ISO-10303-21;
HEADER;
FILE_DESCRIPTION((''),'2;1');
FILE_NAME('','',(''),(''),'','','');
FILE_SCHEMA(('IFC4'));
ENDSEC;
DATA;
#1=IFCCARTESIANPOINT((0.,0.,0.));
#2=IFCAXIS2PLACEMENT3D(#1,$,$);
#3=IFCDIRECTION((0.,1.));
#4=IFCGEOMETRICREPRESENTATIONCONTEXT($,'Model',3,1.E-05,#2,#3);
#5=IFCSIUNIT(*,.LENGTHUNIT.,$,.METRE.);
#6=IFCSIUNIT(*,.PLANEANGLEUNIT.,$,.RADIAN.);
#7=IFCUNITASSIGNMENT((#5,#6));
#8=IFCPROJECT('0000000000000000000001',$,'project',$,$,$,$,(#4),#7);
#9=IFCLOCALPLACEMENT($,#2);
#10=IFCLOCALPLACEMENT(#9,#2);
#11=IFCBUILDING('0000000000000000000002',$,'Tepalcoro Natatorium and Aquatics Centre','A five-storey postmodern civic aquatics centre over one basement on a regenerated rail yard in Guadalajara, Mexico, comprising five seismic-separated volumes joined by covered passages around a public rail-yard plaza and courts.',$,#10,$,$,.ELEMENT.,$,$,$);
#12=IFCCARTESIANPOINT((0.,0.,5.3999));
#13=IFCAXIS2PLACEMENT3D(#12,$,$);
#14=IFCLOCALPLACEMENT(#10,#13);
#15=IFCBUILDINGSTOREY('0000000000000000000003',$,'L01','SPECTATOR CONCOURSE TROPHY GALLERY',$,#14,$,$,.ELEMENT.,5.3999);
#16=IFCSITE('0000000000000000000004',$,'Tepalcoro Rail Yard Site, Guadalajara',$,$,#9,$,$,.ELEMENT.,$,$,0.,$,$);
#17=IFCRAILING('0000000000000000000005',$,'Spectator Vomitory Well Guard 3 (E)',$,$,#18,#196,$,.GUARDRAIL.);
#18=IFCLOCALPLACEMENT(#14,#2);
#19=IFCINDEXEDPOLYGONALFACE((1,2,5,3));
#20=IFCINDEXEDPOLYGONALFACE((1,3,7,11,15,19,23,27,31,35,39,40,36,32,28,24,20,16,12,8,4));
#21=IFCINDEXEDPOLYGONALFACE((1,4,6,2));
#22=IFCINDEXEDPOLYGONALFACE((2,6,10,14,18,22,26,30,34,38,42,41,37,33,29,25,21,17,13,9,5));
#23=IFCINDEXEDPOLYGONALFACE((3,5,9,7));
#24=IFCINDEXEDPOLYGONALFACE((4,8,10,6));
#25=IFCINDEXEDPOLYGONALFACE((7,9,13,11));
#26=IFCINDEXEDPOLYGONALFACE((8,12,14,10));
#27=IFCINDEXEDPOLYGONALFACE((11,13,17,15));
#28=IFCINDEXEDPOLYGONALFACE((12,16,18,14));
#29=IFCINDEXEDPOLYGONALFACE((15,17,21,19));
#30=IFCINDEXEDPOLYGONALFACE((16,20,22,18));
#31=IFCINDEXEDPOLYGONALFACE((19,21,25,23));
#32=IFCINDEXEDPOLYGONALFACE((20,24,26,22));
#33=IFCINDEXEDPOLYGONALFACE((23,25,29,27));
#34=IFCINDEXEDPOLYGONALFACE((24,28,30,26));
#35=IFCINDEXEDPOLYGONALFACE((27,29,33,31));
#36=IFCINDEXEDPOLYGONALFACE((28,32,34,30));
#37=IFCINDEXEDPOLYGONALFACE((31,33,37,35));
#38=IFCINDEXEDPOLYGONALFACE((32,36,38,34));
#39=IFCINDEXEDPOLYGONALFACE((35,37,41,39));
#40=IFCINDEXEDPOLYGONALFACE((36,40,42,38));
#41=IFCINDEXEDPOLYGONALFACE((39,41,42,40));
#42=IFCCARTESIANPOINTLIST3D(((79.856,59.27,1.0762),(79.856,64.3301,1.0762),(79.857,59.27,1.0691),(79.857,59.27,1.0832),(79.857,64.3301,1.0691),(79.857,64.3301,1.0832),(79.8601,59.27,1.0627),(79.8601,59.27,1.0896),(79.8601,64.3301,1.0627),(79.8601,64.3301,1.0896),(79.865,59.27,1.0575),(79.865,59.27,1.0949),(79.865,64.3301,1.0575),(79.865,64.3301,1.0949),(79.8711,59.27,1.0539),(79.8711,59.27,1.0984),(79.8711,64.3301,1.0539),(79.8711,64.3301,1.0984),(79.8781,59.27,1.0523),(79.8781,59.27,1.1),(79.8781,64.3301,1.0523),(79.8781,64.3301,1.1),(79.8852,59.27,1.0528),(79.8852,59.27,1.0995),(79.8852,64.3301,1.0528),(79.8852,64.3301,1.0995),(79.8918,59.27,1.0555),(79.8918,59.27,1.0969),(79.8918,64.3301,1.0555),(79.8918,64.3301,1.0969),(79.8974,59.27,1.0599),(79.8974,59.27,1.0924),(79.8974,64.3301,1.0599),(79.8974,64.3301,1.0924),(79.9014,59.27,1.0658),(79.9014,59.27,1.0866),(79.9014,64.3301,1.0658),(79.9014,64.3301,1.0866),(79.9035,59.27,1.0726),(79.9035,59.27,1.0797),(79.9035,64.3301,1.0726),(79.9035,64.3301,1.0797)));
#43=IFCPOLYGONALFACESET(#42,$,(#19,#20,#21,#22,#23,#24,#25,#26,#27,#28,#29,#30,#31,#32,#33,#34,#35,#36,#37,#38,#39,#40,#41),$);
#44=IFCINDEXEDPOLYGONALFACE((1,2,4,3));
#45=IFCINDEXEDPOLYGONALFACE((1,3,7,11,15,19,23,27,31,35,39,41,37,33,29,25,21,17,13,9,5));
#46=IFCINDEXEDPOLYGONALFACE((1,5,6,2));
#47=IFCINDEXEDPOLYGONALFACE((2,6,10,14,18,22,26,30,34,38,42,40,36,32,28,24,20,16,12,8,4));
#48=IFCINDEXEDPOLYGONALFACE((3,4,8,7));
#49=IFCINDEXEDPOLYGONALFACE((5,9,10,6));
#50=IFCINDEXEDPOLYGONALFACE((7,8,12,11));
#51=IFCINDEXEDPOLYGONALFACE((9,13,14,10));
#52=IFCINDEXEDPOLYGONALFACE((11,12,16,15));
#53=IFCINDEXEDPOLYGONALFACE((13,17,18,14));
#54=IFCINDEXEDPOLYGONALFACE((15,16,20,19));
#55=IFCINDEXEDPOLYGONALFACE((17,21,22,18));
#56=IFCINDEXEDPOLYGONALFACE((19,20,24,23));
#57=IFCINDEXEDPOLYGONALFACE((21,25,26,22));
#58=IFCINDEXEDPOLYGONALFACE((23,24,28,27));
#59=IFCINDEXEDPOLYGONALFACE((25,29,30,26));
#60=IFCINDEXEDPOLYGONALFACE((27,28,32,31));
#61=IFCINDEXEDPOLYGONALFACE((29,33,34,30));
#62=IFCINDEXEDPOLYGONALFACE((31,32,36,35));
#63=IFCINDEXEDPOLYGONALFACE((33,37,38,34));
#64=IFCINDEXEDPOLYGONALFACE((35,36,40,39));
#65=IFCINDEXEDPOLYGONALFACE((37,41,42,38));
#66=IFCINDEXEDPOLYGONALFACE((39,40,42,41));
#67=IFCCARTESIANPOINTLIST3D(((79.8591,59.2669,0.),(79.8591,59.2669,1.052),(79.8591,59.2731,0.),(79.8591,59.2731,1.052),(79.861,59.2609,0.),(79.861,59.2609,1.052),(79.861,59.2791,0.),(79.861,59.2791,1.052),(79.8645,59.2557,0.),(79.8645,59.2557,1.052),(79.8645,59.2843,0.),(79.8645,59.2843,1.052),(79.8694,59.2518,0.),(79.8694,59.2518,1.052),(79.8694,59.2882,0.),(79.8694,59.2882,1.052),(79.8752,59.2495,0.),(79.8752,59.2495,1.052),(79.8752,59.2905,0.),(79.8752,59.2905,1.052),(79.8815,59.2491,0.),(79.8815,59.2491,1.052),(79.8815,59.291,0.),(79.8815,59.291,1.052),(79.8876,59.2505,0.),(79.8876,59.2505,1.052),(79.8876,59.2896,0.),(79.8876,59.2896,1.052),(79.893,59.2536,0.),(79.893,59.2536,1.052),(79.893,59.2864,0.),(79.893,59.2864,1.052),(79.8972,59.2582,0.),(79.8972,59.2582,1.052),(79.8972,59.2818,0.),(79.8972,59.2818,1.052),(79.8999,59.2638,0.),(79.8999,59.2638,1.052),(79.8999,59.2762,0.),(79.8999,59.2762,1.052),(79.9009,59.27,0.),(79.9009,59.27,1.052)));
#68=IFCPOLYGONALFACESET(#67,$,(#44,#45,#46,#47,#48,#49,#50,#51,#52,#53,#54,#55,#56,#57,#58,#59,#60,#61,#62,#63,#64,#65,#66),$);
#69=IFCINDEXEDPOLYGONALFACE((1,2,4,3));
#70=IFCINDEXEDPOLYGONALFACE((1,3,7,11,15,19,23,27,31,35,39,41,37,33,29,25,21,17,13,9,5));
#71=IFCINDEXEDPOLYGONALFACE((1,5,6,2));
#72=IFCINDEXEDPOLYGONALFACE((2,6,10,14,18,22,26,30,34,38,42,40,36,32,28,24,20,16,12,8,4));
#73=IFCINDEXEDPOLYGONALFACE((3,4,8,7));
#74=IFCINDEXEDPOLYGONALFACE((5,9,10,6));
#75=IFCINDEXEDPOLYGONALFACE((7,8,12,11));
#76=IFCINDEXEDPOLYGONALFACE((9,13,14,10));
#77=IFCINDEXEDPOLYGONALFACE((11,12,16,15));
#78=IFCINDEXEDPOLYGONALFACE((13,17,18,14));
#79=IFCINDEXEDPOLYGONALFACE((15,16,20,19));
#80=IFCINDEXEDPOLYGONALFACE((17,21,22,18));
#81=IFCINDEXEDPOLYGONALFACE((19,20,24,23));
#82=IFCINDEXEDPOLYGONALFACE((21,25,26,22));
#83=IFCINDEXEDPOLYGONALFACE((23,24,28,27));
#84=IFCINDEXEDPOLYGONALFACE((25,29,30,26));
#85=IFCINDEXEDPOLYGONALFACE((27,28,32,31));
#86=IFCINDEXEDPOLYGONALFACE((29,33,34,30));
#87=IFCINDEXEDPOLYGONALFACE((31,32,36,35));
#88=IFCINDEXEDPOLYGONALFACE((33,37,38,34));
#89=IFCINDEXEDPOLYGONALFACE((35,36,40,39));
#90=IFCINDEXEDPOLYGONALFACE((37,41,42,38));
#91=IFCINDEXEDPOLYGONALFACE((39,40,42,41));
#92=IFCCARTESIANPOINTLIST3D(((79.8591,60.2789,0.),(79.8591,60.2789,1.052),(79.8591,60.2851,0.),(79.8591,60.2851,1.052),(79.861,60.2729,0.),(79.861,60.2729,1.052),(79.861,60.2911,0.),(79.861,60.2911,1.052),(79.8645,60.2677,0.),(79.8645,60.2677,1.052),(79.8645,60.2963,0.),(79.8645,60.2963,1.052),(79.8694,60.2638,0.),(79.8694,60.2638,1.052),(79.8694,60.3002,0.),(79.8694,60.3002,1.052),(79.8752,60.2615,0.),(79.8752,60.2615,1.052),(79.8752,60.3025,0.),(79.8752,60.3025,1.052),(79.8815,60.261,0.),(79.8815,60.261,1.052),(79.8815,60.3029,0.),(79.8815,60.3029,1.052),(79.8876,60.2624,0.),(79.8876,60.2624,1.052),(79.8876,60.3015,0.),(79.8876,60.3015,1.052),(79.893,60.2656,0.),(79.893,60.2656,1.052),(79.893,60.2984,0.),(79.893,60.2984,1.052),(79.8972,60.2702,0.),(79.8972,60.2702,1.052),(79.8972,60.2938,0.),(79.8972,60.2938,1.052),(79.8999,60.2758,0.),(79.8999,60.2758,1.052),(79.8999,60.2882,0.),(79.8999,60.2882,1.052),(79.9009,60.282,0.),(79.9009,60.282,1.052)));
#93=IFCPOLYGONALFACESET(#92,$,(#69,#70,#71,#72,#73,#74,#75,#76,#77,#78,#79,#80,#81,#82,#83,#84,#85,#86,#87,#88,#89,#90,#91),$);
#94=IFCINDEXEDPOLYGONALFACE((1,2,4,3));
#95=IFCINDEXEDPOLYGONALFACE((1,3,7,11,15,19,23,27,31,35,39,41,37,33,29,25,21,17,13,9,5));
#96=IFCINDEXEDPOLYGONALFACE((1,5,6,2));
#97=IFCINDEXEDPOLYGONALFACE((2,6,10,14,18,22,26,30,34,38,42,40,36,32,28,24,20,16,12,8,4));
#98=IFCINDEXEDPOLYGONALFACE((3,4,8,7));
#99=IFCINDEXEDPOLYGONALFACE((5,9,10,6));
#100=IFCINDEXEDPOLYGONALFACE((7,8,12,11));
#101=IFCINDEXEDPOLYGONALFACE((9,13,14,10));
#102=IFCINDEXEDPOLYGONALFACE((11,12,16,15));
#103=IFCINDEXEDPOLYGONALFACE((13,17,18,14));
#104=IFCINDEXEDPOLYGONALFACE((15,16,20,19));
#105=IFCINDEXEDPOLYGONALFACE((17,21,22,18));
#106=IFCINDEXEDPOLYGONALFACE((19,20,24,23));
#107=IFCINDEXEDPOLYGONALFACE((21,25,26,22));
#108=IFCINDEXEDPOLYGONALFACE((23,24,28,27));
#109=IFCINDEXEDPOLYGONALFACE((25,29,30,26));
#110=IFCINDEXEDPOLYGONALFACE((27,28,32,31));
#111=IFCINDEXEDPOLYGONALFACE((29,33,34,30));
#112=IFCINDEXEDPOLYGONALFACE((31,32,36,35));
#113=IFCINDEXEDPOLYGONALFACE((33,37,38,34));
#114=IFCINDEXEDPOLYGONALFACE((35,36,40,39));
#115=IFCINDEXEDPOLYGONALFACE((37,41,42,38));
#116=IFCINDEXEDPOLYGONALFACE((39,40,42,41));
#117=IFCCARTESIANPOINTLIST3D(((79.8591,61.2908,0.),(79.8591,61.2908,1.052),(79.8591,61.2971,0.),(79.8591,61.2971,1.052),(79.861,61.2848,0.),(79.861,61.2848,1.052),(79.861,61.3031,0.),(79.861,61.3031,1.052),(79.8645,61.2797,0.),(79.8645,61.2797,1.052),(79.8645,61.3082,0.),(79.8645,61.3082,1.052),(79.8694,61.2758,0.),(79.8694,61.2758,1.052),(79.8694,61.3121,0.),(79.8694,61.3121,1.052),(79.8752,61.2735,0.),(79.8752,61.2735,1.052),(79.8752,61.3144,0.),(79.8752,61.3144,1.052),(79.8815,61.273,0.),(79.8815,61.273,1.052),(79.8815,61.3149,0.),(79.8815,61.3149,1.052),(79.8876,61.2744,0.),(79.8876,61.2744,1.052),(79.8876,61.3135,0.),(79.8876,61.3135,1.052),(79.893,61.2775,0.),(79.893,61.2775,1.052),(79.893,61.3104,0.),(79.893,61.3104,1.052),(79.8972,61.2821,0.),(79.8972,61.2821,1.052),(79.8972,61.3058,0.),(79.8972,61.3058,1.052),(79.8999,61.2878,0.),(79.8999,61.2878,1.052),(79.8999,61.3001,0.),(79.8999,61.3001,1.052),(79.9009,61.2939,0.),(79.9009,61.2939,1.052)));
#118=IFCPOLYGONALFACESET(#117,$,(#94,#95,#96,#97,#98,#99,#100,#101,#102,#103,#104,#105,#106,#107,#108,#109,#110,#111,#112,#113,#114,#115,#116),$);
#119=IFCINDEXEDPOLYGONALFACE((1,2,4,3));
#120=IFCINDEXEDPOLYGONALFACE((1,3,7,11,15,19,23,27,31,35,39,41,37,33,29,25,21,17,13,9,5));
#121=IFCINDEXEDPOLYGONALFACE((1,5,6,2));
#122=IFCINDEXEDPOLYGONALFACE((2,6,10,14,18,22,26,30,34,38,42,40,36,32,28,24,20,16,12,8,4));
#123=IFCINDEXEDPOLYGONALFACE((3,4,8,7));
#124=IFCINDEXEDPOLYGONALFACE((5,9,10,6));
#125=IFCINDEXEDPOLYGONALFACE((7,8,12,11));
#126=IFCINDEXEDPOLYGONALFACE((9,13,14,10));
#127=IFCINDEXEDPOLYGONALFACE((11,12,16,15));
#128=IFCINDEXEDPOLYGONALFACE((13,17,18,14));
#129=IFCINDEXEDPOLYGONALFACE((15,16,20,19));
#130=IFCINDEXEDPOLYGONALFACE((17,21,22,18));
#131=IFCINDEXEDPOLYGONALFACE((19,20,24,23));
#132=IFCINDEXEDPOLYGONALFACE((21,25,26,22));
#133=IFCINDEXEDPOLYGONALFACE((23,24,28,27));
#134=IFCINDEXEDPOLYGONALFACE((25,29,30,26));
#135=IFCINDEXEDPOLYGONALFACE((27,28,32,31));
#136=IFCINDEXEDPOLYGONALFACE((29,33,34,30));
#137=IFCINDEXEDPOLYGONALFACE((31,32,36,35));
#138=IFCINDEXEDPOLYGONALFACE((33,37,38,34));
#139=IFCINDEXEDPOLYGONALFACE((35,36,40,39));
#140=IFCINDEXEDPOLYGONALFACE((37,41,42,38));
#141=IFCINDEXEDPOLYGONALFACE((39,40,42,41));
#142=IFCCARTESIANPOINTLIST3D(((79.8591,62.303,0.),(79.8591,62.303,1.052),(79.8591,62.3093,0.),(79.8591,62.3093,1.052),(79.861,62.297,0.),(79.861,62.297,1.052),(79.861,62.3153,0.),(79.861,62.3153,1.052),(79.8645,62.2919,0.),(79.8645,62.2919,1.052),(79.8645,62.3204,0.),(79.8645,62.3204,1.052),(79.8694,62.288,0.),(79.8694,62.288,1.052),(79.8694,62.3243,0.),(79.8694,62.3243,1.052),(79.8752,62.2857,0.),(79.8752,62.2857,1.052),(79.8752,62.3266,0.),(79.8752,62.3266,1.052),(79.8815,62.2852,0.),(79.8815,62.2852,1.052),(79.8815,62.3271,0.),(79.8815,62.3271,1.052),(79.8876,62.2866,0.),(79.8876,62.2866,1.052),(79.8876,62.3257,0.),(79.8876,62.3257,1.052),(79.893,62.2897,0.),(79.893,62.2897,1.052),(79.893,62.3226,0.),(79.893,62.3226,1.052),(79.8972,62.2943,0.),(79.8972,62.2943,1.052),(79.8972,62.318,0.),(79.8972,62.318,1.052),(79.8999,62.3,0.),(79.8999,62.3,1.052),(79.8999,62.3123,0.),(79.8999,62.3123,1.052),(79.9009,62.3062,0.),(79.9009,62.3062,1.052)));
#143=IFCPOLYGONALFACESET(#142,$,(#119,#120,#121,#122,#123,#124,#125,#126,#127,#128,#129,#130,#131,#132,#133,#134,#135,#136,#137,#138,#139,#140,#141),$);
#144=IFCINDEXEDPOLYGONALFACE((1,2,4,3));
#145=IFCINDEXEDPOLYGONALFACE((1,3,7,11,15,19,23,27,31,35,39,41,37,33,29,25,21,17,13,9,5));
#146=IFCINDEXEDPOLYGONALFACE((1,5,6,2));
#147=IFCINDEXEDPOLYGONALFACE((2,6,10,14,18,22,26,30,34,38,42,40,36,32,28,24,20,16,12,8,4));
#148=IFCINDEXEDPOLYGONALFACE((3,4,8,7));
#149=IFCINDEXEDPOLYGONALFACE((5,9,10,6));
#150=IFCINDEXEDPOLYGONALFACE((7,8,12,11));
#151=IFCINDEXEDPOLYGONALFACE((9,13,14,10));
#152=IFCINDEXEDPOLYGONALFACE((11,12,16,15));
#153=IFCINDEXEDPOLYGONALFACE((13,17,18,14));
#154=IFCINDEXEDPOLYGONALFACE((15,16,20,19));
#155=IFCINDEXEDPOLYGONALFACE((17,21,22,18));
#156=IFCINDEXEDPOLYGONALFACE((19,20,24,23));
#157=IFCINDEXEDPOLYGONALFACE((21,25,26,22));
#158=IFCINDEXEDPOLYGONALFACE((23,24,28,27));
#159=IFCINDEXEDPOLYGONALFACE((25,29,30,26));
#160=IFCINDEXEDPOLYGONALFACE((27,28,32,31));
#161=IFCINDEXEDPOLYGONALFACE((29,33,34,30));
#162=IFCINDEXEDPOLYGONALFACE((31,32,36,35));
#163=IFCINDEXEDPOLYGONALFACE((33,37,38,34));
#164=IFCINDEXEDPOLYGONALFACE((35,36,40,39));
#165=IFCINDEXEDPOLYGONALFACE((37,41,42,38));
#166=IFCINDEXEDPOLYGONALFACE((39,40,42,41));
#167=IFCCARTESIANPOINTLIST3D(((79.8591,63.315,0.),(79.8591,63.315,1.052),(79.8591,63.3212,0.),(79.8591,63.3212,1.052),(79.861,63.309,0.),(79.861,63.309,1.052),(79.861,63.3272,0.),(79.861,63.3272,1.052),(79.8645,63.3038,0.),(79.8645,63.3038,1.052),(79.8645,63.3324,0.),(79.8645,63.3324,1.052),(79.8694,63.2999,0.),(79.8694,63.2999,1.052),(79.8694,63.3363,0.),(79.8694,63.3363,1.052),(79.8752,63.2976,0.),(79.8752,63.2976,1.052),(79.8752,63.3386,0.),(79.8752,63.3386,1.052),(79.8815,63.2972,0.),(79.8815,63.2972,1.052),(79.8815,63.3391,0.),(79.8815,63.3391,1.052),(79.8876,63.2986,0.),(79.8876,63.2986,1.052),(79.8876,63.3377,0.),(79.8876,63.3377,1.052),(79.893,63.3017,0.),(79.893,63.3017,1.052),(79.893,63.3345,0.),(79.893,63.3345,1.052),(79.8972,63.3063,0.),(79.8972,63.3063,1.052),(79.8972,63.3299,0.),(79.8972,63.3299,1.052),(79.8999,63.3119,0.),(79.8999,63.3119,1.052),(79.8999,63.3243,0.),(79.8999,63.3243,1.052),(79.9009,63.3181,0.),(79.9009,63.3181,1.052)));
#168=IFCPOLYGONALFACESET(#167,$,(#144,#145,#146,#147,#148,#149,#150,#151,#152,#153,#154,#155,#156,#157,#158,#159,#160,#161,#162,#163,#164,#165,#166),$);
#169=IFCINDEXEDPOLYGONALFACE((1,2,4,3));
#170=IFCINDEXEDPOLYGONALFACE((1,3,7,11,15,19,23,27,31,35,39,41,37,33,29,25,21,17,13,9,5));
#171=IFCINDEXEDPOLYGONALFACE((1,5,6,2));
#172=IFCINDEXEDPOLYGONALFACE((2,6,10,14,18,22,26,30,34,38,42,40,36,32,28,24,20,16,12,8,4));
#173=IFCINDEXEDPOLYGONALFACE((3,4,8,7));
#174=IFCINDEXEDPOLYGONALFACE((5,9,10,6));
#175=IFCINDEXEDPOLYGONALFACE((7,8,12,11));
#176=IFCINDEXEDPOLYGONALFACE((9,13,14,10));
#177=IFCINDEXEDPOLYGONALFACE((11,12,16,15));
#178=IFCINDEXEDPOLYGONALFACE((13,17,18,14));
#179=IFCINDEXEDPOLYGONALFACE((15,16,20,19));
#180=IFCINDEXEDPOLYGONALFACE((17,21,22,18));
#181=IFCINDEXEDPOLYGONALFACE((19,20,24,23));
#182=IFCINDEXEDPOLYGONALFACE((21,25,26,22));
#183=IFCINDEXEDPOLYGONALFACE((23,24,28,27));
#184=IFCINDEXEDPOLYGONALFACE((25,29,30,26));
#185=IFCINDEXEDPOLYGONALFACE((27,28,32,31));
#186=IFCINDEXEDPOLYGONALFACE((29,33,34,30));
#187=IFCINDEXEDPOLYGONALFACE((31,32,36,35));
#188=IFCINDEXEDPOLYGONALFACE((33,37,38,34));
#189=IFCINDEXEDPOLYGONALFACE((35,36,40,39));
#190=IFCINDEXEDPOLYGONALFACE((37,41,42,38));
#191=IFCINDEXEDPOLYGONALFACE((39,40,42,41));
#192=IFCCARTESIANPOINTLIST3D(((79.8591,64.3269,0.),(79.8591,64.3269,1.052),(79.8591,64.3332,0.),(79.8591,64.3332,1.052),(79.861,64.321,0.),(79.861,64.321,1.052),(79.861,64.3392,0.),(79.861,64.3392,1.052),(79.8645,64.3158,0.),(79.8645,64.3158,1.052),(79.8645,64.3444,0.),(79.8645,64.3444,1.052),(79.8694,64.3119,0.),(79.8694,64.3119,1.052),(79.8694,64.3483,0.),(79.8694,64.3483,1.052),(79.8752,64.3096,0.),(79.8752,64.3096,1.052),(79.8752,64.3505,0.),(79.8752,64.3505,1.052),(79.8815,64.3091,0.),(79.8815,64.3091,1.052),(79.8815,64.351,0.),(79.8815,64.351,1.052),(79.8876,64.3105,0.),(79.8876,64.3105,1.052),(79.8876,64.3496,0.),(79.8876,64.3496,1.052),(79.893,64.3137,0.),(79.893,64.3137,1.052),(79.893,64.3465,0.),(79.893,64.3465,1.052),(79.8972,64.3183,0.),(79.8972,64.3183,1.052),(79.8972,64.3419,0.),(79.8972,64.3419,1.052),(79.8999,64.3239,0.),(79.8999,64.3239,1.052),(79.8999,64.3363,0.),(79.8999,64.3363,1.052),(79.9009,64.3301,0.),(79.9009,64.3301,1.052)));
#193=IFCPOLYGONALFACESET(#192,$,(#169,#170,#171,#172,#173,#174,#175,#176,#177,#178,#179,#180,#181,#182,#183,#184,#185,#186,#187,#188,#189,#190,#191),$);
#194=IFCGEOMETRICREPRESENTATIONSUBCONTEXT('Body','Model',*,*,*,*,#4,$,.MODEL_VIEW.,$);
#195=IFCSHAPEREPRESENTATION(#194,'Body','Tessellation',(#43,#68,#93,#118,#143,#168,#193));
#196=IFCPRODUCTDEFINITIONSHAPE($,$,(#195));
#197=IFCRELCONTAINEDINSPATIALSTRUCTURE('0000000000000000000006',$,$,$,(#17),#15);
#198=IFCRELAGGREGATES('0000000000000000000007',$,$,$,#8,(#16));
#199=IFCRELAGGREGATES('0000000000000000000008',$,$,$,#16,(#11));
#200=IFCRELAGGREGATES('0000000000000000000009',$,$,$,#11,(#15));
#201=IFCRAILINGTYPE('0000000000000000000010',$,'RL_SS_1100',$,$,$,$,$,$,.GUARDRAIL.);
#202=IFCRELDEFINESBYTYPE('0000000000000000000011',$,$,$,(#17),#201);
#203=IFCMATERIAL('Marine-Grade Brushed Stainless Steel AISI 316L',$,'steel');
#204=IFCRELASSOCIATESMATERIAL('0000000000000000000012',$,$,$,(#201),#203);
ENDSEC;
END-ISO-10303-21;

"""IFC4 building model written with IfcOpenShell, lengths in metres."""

from ifc_helpers import new_model, si_unit, direction, frame, origin, origin_2d, place, context, subcontext, project, spatial, circle, extrude, material, type_object, element, save


model = new_model("IFC4")

# Units and contexts
model_context = context("Model", 3, precision=1e-05, world=origin(), true_north=direction((0.0, 1.0)))
body_context = subcontext(model_context, "Body", "Model", "MODEL_VIEW")
ifc_project = project(units=[si_unit("LENGTHUNIT", "METRE"), si_unit("PLANEANGLEUNIT", "RADIAN")], contexts=[model_context])

# Site, building, storey
site_placement = place(None, origin())
site = spatial("IfcSite", under=ifc_project, at=site_placement, Name="Tepalcoro Rail Yard Site, Guadalajara", CompositionType="ELEMENT", RefElevation=0.0)
building_placement = place(site_placement, origin())
building = spatial("IfcBuilding", under=site, at=building_placement, Name="Tepalcoro Natatorium and Aquatics Centre", Description="A five-storey postmodern civic aquatics centre over one basement on a regenerated rail yard in Guadalajara, Mexico, comprising five seismic-separated volumes joined by covered passages around a public rail-yard plaza and courts.", CompositionType="ELEMENT")
storey_placement = place(building_placement, frame((0.0, 0.0, 5.3999)))
storey = spatial("IfcBuildingStorey", under=building, at=storey_placement, Name="L01", Description="SPECTATOR CONCOURSE TROPHY GALLERY", CompositionType="ELEMENT", Elevation=5.3999)

# Railing
ifc_material_1 = material(Name="Marine-Grade Brushed Stainless Steel AISI 316L", Category="steel")
railing_type_1 = type_object("IfcRailingType", Name="RL_SS_1100", PredefinedType="GUARDRAIL", material=ifc_material_1)
railing_1_placement = place(storey_placement, frame((79.8799, 59.27, 0.0)))
element("IfcRailing", 1, at=railing_1_placement, inside=storey, type_object=railing_type_1, Name="Spectator Vomitory Well Guard 3 (E)", PredefinedType="GUARDRAIL", context=body_context, shape_type="SweptSolid", body=[
    extrude(circle(Radius=0.0239, at=origin_2d()), frame((0.0, 0.0, 1.0762), z_axis=(0.0, 1.0, 0.0), x_axis=(-1.0, 0.0, 0.0)), (0.0, 0.0, 1.0), 5.0601),
    extrude(circle(Radius=0.021, at=origin_2d()), origin(), (0.0, 0.0, 1.0), 1.052),
    extrude(circle(Radius=0.021, at=origin_2d()), frame((0.0, 1.012, 0.0)), (0.0, 0.0, 1.0), 1.052),
    extrude(circle(Radius=0.021, at=origin_2d()), frame((0.0, 2.0239, 0.0)), (0.0, 0.0, 1.0), 1.052),
    extrude(circle(Radius=0.021, at=origin_2d()), frame((0.0, 3.0361, 0.0)), (0.0, 0.0, 1.0), 1.052),
    extrude(circle(Radius=0.021, at=origin_2d()), frame((0.0, 4.0481, 0.0)), (0.0, 0.0, 1.0), 1.052),
    extrude(circle(Radius=0.021, at=origin_2d()), frame((0.0, 5.0601, 0.0)), (0.0, 0.0, 1.0), 1.052),
])

save(model, "model.ifc")
